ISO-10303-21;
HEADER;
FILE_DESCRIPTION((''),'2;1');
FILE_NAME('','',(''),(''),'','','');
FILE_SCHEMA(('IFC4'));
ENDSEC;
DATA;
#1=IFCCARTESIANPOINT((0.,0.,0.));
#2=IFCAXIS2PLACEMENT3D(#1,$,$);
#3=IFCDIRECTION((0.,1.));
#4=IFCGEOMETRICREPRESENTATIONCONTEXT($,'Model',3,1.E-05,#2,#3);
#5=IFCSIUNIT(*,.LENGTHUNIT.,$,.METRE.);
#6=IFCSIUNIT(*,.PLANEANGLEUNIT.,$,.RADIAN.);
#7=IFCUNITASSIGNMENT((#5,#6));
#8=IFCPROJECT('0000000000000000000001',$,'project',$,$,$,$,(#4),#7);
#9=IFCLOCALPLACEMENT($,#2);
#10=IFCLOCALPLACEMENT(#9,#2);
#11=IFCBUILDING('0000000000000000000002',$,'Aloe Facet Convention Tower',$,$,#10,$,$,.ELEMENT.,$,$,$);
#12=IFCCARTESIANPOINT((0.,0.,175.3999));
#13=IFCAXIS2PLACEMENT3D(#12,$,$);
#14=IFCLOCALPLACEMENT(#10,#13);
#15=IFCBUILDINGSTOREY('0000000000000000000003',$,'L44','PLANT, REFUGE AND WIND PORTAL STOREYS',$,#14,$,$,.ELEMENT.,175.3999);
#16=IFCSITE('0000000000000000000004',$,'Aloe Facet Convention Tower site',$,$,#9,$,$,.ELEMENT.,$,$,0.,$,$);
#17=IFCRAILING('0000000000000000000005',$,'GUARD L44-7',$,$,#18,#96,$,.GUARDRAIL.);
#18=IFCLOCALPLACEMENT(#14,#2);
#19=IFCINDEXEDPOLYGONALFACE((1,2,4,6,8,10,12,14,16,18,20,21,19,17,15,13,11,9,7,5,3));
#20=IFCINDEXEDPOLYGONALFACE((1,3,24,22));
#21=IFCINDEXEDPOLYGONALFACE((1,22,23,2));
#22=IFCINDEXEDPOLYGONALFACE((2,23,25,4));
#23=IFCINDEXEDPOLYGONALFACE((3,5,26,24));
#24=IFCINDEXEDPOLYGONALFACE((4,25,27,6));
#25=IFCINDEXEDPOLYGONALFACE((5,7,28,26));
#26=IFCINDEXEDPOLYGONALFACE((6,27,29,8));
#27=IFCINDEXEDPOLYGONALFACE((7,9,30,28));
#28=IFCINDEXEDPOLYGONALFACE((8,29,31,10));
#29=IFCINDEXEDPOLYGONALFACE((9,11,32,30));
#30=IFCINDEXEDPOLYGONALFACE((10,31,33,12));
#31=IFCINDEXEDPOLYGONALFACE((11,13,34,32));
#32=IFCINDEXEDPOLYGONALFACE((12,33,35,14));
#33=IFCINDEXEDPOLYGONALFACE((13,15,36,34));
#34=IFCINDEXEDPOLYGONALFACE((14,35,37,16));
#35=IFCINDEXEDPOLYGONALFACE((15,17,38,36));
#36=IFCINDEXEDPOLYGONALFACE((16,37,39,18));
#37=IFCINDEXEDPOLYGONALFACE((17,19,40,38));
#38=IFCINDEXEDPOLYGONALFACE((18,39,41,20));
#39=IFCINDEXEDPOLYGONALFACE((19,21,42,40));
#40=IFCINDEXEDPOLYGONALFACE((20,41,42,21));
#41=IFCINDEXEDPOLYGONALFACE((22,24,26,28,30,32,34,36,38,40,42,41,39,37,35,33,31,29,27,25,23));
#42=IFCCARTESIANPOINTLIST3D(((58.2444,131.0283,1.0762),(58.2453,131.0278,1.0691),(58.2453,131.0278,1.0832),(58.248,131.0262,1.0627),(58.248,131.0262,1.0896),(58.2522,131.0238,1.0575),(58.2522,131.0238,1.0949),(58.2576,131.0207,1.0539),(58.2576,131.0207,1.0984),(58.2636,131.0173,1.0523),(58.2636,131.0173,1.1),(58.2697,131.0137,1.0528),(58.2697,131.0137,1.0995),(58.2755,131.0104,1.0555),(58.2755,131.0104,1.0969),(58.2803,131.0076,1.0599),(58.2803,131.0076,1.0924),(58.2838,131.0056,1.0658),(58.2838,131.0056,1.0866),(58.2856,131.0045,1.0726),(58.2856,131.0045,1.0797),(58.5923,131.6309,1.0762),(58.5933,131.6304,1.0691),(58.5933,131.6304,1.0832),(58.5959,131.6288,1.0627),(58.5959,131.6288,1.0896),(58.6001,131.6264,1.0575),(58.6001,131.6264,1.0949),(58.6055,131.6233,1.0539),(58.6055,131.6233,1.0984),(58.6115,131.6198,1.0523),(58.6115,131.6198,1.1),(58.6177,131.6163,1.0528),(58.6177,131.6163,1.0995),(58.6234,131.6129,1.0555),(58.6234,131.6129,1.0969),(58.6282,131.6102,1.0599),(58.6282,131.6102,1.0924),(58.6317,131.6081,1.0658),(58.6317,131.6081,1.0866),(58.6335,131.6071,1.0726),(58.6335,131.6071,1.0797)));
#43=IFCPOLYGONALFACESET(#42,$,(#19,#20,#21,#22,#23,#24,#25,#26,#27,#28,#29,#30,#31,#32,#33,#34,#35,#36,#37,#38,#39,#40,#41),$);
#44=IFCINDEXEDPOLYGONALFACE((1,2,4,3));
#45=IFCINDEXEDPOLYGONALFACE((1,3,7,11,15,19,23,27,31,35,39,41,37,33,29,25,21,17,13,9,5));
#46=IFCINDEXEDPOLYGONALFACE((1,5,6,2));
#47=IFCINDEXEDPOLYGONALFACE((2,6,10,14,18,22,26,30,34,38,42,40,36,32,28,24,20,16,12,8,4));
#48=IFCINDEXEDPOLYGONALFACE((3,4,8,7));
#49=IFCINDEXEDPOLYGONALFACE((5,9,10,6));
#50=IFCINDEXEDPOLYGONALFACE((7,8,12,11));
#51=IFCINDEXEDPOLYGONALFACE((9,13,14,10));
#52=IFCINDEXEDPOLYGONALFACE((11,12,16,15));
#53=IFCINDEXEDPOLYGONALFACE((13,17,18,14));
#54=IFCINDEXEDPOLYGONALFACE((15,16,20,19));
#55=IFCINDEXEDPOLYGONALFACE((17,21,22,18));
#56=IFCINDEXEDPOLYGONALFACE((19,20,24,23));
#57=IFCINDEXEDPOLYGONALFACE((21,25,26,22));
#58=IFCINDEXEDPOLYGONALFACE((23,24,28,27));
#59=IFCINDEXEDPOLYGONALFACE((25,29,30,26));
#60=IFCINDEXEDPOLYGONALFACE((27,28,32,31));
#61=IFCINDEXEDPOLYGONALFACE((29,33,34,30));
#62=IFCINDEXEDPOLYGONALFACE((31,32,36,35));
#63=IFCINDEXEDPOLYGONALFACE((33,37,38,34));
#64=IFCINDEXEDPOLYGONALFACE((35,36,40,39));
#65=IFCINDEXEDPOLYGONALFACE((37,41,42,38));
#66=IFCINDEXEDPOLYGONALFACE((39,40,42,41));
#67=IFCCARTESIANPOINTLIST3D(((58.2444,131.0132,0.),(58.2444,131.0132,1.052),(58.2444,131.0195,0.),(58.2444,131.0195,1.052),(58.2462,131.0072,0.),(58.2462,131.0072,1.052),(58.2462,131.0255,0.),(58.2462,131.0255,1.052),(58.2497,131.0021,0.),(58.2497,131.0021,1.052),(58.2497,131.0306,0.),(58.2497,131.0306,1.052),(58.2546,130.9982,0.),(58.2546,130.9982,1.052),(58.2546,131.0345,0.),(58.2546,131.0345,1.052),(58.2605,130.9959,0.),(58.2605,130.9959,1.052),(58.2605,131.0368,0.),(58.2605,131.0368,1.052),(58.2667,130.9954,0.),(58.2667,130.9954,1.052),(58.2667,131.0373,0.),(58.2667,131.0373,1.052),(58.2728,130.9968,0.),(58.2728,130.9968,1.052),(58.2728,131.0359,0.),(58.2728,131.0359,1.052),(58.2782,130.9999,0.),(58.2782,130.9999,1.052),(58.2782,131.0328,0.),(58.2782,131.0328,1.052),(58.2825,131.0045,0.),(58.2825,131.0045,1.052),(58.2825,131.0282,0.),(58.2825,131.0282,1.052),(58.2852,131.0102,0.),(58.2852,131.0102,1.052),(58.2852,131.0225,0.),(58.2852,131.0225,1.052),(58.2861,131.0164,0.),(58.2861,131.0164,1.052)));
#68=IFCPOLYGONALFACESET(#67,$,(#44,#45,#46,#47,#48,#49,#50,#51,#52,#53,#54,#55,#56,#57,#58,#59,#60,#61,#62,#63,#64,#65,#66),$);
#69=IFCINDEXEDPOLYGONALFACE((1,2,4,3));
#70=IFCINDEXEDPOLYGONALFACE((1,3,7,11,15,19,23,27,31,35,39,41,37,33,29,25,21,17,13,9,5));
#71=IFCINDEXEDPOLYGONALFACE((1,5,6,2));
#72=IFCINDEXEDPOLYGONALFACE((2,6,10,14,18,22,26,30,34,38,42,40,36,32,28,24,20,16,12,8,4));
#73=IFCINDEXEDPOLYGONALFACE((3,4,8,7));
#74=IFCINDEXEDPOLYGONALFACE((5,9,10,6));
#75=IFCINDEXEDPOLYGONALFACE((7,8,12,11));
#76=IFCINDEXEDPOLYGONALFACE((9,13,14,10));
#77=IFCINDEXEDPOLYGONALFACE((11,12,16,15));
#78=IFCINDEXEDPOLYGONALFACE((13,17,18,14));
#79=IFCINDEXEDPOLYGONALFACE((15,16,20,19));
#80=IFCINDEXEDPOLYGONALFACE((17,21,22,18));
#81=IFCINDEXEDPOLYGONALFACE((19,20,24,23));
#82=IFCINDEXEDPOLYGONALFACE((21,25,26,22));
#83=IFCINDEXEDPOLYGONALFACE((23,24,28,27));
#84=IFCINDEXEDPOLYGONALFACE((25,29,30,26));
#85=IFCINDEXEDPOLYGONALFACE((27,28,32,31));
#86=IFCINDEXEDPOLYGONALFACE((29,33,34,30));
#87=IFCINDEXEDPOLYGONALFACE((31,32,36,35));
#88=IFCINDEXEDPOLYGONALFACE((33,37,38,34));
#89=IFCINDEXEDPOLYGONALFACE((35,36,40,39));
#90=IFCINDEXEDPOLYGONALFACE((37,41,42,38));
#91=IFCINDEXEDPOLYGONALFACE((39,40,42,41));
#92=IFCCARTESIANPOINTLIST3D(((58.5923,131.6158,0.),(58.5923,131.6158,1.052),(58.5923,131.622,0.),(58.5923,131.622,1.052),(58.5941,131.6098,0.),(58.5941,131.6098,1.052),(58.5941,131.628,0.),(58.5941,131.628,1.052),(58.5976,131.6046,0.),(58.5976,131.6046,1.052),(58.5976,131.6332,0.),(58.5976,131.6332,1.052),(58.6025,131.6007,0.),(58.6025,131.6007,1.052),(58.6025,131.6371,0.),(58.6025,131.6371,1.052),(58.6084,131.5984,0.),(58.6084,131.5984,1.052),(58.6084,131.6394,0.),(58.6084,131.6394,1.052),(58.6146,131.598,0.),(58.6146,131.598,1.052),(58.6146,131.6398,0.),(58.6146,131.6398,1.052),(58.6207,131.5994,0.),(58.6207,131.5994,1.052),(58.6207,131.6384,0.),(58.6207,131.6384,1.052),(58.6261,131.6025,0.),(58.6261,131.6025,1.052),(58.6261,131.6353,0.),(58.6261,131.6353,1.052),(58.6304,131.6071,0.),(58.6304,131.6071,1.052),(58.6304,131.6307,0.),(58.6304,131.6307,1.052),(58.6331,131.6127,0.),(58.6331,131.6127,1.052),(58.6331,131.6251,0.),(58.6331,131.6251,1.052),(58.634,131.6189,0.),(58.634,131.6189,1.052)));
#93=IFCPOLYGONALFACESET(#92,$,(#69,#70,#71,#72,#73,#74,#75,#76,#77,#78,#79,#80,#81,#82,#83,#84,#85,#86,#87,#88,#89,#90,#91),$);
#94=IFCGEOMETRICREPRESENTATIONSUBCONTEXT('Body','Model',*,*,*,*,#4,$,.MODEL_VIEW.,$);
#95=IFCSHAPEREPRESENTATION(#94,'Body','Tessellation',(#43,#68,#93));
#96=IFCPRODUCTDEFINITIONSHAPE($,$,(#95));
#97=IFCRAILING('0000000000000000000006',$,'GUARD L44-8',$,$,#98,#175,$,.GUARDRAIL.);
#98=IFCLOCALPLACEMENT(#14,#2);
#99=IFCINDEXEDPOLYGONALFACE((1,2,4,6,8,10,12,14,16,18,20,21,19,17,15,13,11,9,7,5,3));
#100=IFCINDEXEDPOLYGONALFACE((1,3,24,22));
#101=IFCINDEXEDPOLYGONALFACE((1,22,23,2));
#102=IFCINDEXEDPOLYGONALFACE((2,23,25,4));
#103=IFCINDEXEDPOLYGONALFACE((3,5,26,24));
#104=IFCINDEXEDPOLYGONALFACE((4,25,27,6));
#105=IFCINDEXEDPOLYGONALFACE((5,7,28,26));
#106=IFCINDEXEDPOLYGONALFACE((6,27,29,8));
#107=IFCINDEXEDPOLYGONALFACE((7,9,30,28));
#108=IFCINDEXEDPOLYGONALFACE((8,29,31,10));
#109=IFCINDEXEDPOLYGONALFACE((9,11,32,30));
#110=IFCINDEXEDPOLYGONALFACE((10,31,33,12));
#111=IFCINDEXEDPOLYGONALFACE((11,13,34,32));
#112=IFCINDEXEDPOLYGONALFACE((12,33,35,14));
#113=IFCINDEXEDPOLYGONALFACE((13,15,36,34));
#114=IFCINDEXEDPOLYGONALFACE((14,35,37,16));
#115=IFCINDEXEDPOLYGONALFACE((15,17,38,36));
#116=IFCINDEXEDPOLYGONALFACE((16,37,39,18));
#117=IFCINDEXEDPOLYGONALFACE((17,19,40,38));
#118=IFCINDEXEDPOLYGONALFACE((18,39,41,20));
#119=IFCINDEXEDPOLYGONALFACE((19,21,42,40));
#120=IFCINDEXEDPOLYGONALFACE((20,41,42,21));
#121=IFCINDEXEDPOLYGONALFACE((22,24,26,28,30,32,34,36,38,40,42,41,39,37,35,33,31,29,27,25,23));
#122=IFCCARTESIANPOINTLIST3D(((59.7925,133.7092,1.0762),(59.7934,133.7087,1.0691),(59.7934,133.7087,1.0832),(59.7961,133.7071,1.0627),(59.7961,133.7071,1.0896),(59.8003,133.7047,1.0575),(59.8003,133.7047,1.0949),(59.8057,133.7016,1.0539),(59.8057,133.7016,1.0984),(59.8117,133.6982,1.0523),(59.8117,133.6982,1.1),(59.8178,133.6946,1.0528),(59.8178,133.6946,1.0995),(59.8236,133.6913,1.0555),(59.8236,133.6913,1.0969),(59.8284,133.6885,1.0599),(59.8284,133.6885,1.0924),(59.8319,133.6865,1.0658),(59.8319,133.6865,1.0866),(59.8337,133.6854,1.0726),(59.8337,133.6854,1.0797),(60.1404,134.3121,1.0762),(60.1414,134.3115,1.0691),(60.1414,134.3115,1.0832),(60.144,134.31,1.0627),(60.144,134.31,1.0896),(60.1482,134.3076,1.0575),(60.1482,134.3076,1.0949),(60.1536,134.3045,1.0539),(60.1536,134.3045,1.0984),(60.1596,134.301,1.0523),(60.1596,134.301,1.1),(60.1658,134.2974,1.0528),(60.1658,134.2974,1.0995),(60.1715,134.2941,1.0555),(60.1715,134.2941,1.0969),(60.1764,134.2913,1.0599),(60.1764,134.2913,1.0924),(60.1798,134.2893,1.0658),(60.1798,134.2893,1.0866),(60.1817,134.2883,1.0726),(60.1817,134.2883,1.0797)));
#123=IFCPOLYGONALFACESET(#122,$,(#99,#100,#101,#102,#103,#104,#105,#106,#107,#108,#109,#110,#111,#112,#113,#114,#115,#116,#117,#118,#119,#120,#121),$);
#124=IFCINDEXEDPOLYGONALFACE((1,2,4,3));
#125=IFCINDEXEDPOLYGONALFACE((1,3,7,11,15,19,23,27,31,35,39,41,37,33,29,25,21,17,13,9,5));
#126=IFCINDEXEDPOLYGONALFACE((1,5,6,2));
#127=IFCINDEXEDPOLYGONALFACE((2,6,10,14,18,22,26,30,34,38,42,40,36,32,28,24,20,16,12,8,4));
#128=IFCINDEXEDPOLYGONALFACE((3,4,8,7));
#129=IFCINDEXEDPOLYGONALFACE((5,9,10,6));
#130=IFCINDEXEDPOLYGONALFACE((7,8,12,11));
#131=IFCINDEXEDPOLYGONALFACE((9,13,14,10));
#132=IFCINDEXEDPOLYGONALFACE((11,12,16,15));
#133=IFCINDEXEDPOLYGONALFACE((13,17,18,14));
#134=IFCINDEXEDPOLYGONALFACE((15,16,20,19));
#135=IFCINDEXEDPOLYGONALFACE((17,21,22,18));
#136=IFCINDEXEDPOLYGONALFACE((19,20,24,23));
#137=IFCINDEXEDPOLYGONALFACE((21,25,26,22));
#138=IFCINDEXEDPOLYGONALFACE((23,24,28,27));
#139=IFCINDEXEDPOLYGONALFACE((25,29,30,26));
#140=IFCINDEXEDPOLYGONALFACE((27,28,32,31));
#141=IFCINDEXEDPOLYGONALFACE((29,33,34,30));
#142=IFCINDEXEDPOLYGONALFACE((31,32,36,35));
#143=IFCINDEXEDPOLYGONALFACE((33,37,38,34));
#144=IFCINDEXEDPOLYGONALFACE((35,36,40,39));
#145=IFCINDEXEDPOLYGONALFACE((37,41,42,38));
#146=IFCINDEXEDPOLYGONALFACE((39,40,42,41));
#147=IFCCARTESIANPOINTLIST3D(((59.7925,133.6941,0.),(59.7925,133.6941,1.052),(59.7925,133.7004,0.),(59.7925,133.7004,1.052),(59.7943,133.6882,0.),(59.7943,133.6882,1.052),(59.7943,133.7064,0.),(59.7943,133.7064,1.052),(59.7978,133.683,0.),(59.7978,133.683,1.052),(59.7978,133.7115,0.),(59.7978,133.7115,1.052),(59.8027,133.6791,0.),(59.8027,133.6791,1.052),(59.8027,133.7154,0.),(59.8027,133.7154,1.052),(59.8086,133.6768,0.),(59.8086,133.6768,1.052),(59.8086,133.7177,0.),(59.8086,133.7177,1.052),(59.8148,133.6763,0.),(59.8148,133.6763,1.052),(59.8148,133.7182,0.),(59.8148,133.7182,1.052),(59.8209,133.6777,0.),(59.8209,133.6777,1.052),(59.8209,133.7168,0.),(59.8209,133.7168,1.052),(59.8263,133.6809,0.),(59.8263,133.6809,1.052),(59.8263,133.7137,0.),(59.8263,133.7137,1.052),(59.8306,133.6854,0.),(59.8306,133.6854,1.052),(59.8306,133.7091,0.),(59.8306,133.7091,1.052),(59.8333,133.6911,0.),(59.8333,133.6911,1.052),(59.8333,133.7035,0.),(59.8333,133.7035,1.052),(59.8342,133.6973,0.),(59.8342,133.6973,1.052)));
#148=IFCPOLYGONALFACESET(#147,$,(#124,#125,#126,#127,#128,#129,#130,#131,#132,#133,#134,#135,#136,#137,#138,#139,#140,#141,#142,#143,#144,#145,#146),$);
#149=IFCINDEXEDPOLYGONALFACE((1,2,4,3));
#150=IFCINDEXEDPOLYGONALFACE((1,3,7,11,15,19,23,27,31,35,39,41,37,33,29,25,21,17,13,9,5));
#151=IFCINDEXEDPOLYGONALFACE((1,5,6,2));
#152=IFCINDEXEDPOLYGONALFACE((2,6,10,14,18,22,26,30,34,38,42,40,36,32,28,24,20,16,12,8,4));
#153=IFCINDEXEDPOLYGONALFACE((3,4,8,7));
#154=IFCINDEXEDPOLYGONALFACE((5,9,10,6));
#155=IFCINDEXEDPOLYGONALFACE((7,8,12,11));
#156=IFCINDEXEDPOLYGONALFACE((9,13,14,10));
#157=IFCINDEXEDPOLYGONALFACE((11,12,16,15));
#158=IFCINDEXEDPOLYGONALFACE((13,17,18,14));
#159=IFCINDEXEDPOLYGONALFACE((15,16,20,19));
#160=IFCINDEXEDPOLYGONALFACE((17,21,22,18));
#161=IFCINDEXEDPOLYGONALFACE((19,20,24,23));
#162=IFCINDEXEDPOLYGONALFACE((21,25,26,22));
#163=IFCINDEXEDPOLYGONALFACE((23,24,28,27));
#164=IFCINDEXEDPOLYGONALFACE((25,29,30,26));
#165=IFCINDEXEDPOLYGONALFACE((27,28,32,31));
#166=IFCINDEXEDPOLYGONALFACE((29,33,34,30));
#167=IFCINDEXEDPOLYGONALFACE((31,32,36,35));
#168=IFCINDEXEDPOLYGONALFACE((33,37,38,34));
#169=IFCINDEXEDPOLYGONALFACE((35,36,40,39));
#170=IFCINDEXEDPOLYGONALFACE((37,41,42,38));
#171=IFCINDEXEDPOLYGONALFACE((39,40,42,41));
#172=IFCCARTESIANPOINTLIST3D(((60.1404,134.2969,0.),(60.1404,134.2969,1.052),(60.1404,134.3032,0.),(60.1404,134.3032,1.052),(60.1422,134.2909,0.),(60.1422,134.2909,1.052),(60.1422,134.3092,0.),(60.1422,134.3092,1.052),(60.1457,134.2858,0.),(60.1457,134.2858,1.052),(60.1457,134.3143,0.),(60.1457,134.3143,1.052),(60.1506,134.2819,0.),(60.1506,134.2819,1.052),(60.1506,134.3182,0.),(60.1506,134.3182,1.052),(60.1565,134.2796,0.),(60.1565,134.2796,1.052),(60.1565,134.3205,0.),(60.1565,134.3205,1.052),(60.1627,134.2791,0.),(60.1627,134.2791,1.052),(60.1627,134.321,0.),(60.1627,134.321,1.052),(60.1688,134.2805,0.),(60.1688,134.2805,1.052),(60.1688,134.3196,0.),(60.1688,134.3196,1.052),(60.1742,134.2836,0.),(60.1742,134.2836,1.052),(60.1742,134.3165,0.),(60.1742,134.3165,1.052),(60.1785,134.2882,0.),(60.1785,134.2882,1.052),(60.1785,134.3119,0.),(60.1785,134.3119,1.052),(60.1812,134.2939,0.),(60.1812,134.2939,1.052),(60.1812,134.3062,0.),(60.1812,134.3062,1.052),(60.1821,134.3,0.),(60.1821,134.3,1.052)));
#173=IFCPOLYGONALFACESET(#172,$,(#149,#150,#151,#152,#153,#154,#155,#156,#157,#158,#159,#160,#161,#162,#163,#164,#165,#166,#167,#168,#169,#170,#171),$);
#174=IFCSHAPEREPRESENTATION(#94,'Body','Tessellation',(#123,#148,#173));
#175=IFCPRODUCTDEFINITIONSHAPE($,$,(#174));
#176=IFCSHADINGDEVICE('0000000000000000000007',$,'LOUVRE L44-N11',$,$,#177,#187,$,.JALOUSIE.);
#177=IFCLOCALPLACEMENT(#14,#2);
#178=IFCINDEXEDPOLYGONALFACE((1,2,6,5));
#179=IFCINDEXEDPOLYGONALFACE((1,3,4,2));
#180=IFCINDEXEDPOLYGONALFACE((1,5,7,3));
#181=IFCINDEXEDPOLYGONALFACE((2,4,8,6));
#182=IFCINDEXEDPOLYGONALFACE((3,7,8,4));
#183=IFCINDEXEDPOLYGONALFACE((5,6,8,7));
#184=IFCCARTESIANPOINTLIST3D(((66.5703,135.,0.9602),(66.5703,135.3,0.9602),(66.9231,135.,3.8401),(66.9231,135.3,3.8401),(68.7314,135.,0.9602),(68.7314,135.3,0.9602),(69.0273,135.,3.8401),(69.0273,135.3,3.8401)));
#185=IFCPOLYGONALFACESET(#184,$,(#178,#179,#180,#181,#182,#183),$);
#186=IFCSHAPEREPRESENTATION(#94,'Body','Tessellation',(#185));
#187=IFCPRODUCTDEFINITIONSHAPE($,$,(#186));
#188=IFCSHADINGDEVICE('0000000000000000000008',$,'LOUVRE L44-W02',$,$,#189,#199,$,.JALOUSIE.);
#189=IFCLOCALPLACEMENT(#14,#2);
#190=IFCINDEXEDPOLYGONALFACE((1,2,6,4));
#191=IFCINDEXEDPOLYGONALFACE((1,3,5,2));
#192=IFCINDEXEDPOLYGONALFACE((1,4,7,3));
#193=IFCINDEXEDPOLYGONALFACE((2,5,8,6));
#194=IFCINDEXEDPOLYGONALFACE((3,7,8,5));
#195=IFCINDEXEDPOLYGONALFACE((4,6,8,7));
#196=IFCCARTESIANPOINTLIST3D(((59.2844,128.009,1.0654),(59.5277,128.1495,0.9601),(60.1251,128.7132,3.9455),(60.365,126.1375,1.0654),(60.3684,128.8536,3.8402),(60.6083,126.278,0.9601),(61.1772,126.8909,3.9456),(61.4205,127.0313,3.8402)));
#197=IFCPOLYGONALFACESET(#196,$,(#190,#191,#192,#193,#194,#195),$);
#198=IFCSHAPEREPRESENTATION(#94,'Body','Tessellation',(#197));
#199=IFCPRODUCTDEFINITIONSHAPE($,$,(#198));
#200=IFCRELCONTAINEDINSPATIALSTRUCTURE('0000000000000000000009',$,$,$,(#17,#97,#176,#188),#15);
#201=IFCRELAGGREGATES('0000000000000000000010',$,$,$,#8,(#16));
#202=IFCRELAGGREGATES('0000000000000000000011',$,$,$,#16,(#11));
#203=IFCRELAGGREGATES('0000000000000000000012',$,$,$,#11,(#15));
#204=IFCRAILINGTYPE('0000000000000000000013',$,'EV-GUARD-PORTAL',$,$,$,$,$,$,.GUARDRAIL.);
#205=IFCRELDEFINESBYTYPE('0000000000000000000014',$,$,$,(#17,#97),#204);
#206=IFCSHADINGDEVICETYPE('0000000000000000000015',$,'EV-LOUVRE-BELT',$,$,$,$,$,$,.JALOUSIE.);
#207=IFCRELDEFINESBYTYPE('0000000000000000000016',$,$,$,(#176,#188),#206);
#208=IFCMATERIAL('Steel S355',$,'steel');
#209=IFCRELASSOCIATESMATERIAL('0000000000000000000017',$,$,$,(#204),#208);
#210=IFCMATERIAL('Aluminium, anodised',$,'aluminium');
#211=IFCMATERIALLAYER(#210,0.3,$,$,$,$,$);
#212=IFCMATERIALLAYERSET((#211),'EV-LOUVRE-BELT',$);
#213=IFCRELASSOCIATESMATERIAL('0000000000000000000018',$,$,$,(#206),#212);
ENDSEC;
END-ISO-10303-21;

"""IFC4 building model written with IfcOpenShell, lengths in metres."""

from ifc_helpers import new_model, si_unit, direction, frame, origin, origin_2d, place, context, subcontext, project, spatial, polyline, circle, outline, extrude, material, layer, layer_set, type_object, element, save


model = new_model("IFC4")

# Units and contexts
model_context = context("Model", 3, precision=1e-05, world=origin(), true_north=direction((0.0, 1.0)))
body_context = subcontext(model_context, "Body", "Model", "MODEL_VIEW")
ifc_project = project(units=[si_unit("LENGTHUNIT", "METRE"), si_unit("PLANEANGLEUNIT", "RADIAN")], contexts=[model_context])

# Site, building, storey
site_placement = place(None, origin())
site = spatial("IfcSite", under=ifc_project, at=site_placement, Name="Aloe Facet Convention Tower site", CompositionType="ELEMENT", RefElevation=0.0)
building_placement = place(site_placement, origin())
building = spatial("IfcBuilding", under=site, at=building_placement, Name="Aloe Facet Convention Tower", CompositionType="ELEMENT")
storey_placement = place(building_placement, frame((0.0, 0.0, 175.3999)))
storey = spatial("IfcBuildingStorey", under=building, at=storey_placement, Name="L44", Description="PLANT, REFUGE AND WIND PORTAL STOREYS", CompositionType="ELEMENT", Elevation=175.3999)

# Railings
ifc_material_1 = material(Name="Steel S355", Category="steel")
railing_type = type_object("IfcRailingType", Name="EV-GUARD-PORTAL", PredefinedType="GUARDRAIL", material=ifc_material_1)
railing_1_placement = place(storey_placement, frame((58.2651, 131.0164, 0.0)))
element("IfcRailing", 1, at=railing_1_placement, inside=storey, type_object=railing_type, Name="GUARD L44-7", PredefinedType="GUARDRAIL", context=body_context, shape_type="SweptSolid", body=[
    extrude(circle(Radius=0.0239, at=origin_2d()), frame((0.0, 0.0, 1.0762), z_axis=(0.500026, 0.86601, 0.0), x_axis=(-0.86601, 0.500026, 0.0)), (0.0, 0.0, 1.0), 0.6958),
    extrude(circle(Radius=0.021, at=origin_2d()), origin(), (0.0, 0.0, 1.0), 1.052),
    extrude(circle(Radius=0.021, at=origin_2d()), frame((0.3479, 0.6025, 0.0)), (0.0, 0.0, 1.0), 1.052),
])
railing_2_placement = place(storey_placement, frame((59.8132, 133.6973, 0.0)))
element("IfcRailing", 2, at=railing_2_placement, inside=storey, type_object=railing_type, Name="GUARD L44-8", PredefinedType="GUARDRAIL", context=body_context, shape_type="SweptSolid", body=[
    extrude(circle(Radius=0.0239, at=origin_2d()), frame((0.0, 0.0, 1.0762), z_axis=(0.499874, 0.866098, 0.0), x_axis=(-0.866098, 0.499874, 0.0)), (0.0, 0.0, 1.0), 0.696),
    extrude(circle(Radius=0.021, at=origin_2d()), origin(), (0.0, 0.0, 1.0), 1.052),
    extrude(circle(Radius=0.021, at=origin_2d()), frame((0.3479, 0.6028, 0.0)), (0.0, 0.0, 1.0), 1.052),
])

# Shading devices
ifc_material_2 = material(Name="Aluminium, anodised", Category="aluminium")
ifc_layer_1 = layer(ifc_material_2, 0.3)
ifc_layer_set_1 = layer_set([ifc_layer_1], Name="EV-LOUVRE-BELT")
shading_device_type = type_object("IfcShadingDeviceType", Name="EV-LOUVRE-BELT", PredefinedType="JALOUSIE", material=ifc_layer_set_1)
shading_device_1_placement = place(storey_placement, frame((68.7314, 135.3, 0.9602), z_axis=(0.0, 1.0, 0.0), x_axis=(-1.0, 0.0, 0.0)))
element("IfcShadingDevice", 3, at=shading_device_1_placement, inside=storey, type_object=shading_device_type, Name="LOUVRE L44-N11", PredefinedType="JALOUSIE", context=body_context, shape_type="SweptSolid", body=[
    extrude(outline(polyline([(0.0, 0.0), (2.1611, 0.0), (1.8083, 2.8799), (-0.2959, 2.8799), (0.0, 0.0)])), origin(), (0.0, 0.0, -1.0), 0.3),
])
shading_device_2_placement = place(storey_placement, frame((59.2844, 128.009, 1.0654), z_axis=(-0.810865, -0.46819, 0.351134), x_axis=(0.500026, -0.86601, -0.00001)))
element("IfcShadingDevice", 4, at=shading_device_2_placement, inside=storey, type_object=shading_device_type, Name="LOUVRE L44-W02", PredefinedType="JALOUSIE", context=body_context, shape_type="SweptSolid", body=[
    extrude(outline(polyline([(0.0, 0.0), (2.1611, 0.0), (1.9148, 3.076), (-0.1895, 3.076), (0.0, 0.0)])), origin(), (0.0, 0.0, -1.0), 0.3),
])

save(model, "model.ifc")
